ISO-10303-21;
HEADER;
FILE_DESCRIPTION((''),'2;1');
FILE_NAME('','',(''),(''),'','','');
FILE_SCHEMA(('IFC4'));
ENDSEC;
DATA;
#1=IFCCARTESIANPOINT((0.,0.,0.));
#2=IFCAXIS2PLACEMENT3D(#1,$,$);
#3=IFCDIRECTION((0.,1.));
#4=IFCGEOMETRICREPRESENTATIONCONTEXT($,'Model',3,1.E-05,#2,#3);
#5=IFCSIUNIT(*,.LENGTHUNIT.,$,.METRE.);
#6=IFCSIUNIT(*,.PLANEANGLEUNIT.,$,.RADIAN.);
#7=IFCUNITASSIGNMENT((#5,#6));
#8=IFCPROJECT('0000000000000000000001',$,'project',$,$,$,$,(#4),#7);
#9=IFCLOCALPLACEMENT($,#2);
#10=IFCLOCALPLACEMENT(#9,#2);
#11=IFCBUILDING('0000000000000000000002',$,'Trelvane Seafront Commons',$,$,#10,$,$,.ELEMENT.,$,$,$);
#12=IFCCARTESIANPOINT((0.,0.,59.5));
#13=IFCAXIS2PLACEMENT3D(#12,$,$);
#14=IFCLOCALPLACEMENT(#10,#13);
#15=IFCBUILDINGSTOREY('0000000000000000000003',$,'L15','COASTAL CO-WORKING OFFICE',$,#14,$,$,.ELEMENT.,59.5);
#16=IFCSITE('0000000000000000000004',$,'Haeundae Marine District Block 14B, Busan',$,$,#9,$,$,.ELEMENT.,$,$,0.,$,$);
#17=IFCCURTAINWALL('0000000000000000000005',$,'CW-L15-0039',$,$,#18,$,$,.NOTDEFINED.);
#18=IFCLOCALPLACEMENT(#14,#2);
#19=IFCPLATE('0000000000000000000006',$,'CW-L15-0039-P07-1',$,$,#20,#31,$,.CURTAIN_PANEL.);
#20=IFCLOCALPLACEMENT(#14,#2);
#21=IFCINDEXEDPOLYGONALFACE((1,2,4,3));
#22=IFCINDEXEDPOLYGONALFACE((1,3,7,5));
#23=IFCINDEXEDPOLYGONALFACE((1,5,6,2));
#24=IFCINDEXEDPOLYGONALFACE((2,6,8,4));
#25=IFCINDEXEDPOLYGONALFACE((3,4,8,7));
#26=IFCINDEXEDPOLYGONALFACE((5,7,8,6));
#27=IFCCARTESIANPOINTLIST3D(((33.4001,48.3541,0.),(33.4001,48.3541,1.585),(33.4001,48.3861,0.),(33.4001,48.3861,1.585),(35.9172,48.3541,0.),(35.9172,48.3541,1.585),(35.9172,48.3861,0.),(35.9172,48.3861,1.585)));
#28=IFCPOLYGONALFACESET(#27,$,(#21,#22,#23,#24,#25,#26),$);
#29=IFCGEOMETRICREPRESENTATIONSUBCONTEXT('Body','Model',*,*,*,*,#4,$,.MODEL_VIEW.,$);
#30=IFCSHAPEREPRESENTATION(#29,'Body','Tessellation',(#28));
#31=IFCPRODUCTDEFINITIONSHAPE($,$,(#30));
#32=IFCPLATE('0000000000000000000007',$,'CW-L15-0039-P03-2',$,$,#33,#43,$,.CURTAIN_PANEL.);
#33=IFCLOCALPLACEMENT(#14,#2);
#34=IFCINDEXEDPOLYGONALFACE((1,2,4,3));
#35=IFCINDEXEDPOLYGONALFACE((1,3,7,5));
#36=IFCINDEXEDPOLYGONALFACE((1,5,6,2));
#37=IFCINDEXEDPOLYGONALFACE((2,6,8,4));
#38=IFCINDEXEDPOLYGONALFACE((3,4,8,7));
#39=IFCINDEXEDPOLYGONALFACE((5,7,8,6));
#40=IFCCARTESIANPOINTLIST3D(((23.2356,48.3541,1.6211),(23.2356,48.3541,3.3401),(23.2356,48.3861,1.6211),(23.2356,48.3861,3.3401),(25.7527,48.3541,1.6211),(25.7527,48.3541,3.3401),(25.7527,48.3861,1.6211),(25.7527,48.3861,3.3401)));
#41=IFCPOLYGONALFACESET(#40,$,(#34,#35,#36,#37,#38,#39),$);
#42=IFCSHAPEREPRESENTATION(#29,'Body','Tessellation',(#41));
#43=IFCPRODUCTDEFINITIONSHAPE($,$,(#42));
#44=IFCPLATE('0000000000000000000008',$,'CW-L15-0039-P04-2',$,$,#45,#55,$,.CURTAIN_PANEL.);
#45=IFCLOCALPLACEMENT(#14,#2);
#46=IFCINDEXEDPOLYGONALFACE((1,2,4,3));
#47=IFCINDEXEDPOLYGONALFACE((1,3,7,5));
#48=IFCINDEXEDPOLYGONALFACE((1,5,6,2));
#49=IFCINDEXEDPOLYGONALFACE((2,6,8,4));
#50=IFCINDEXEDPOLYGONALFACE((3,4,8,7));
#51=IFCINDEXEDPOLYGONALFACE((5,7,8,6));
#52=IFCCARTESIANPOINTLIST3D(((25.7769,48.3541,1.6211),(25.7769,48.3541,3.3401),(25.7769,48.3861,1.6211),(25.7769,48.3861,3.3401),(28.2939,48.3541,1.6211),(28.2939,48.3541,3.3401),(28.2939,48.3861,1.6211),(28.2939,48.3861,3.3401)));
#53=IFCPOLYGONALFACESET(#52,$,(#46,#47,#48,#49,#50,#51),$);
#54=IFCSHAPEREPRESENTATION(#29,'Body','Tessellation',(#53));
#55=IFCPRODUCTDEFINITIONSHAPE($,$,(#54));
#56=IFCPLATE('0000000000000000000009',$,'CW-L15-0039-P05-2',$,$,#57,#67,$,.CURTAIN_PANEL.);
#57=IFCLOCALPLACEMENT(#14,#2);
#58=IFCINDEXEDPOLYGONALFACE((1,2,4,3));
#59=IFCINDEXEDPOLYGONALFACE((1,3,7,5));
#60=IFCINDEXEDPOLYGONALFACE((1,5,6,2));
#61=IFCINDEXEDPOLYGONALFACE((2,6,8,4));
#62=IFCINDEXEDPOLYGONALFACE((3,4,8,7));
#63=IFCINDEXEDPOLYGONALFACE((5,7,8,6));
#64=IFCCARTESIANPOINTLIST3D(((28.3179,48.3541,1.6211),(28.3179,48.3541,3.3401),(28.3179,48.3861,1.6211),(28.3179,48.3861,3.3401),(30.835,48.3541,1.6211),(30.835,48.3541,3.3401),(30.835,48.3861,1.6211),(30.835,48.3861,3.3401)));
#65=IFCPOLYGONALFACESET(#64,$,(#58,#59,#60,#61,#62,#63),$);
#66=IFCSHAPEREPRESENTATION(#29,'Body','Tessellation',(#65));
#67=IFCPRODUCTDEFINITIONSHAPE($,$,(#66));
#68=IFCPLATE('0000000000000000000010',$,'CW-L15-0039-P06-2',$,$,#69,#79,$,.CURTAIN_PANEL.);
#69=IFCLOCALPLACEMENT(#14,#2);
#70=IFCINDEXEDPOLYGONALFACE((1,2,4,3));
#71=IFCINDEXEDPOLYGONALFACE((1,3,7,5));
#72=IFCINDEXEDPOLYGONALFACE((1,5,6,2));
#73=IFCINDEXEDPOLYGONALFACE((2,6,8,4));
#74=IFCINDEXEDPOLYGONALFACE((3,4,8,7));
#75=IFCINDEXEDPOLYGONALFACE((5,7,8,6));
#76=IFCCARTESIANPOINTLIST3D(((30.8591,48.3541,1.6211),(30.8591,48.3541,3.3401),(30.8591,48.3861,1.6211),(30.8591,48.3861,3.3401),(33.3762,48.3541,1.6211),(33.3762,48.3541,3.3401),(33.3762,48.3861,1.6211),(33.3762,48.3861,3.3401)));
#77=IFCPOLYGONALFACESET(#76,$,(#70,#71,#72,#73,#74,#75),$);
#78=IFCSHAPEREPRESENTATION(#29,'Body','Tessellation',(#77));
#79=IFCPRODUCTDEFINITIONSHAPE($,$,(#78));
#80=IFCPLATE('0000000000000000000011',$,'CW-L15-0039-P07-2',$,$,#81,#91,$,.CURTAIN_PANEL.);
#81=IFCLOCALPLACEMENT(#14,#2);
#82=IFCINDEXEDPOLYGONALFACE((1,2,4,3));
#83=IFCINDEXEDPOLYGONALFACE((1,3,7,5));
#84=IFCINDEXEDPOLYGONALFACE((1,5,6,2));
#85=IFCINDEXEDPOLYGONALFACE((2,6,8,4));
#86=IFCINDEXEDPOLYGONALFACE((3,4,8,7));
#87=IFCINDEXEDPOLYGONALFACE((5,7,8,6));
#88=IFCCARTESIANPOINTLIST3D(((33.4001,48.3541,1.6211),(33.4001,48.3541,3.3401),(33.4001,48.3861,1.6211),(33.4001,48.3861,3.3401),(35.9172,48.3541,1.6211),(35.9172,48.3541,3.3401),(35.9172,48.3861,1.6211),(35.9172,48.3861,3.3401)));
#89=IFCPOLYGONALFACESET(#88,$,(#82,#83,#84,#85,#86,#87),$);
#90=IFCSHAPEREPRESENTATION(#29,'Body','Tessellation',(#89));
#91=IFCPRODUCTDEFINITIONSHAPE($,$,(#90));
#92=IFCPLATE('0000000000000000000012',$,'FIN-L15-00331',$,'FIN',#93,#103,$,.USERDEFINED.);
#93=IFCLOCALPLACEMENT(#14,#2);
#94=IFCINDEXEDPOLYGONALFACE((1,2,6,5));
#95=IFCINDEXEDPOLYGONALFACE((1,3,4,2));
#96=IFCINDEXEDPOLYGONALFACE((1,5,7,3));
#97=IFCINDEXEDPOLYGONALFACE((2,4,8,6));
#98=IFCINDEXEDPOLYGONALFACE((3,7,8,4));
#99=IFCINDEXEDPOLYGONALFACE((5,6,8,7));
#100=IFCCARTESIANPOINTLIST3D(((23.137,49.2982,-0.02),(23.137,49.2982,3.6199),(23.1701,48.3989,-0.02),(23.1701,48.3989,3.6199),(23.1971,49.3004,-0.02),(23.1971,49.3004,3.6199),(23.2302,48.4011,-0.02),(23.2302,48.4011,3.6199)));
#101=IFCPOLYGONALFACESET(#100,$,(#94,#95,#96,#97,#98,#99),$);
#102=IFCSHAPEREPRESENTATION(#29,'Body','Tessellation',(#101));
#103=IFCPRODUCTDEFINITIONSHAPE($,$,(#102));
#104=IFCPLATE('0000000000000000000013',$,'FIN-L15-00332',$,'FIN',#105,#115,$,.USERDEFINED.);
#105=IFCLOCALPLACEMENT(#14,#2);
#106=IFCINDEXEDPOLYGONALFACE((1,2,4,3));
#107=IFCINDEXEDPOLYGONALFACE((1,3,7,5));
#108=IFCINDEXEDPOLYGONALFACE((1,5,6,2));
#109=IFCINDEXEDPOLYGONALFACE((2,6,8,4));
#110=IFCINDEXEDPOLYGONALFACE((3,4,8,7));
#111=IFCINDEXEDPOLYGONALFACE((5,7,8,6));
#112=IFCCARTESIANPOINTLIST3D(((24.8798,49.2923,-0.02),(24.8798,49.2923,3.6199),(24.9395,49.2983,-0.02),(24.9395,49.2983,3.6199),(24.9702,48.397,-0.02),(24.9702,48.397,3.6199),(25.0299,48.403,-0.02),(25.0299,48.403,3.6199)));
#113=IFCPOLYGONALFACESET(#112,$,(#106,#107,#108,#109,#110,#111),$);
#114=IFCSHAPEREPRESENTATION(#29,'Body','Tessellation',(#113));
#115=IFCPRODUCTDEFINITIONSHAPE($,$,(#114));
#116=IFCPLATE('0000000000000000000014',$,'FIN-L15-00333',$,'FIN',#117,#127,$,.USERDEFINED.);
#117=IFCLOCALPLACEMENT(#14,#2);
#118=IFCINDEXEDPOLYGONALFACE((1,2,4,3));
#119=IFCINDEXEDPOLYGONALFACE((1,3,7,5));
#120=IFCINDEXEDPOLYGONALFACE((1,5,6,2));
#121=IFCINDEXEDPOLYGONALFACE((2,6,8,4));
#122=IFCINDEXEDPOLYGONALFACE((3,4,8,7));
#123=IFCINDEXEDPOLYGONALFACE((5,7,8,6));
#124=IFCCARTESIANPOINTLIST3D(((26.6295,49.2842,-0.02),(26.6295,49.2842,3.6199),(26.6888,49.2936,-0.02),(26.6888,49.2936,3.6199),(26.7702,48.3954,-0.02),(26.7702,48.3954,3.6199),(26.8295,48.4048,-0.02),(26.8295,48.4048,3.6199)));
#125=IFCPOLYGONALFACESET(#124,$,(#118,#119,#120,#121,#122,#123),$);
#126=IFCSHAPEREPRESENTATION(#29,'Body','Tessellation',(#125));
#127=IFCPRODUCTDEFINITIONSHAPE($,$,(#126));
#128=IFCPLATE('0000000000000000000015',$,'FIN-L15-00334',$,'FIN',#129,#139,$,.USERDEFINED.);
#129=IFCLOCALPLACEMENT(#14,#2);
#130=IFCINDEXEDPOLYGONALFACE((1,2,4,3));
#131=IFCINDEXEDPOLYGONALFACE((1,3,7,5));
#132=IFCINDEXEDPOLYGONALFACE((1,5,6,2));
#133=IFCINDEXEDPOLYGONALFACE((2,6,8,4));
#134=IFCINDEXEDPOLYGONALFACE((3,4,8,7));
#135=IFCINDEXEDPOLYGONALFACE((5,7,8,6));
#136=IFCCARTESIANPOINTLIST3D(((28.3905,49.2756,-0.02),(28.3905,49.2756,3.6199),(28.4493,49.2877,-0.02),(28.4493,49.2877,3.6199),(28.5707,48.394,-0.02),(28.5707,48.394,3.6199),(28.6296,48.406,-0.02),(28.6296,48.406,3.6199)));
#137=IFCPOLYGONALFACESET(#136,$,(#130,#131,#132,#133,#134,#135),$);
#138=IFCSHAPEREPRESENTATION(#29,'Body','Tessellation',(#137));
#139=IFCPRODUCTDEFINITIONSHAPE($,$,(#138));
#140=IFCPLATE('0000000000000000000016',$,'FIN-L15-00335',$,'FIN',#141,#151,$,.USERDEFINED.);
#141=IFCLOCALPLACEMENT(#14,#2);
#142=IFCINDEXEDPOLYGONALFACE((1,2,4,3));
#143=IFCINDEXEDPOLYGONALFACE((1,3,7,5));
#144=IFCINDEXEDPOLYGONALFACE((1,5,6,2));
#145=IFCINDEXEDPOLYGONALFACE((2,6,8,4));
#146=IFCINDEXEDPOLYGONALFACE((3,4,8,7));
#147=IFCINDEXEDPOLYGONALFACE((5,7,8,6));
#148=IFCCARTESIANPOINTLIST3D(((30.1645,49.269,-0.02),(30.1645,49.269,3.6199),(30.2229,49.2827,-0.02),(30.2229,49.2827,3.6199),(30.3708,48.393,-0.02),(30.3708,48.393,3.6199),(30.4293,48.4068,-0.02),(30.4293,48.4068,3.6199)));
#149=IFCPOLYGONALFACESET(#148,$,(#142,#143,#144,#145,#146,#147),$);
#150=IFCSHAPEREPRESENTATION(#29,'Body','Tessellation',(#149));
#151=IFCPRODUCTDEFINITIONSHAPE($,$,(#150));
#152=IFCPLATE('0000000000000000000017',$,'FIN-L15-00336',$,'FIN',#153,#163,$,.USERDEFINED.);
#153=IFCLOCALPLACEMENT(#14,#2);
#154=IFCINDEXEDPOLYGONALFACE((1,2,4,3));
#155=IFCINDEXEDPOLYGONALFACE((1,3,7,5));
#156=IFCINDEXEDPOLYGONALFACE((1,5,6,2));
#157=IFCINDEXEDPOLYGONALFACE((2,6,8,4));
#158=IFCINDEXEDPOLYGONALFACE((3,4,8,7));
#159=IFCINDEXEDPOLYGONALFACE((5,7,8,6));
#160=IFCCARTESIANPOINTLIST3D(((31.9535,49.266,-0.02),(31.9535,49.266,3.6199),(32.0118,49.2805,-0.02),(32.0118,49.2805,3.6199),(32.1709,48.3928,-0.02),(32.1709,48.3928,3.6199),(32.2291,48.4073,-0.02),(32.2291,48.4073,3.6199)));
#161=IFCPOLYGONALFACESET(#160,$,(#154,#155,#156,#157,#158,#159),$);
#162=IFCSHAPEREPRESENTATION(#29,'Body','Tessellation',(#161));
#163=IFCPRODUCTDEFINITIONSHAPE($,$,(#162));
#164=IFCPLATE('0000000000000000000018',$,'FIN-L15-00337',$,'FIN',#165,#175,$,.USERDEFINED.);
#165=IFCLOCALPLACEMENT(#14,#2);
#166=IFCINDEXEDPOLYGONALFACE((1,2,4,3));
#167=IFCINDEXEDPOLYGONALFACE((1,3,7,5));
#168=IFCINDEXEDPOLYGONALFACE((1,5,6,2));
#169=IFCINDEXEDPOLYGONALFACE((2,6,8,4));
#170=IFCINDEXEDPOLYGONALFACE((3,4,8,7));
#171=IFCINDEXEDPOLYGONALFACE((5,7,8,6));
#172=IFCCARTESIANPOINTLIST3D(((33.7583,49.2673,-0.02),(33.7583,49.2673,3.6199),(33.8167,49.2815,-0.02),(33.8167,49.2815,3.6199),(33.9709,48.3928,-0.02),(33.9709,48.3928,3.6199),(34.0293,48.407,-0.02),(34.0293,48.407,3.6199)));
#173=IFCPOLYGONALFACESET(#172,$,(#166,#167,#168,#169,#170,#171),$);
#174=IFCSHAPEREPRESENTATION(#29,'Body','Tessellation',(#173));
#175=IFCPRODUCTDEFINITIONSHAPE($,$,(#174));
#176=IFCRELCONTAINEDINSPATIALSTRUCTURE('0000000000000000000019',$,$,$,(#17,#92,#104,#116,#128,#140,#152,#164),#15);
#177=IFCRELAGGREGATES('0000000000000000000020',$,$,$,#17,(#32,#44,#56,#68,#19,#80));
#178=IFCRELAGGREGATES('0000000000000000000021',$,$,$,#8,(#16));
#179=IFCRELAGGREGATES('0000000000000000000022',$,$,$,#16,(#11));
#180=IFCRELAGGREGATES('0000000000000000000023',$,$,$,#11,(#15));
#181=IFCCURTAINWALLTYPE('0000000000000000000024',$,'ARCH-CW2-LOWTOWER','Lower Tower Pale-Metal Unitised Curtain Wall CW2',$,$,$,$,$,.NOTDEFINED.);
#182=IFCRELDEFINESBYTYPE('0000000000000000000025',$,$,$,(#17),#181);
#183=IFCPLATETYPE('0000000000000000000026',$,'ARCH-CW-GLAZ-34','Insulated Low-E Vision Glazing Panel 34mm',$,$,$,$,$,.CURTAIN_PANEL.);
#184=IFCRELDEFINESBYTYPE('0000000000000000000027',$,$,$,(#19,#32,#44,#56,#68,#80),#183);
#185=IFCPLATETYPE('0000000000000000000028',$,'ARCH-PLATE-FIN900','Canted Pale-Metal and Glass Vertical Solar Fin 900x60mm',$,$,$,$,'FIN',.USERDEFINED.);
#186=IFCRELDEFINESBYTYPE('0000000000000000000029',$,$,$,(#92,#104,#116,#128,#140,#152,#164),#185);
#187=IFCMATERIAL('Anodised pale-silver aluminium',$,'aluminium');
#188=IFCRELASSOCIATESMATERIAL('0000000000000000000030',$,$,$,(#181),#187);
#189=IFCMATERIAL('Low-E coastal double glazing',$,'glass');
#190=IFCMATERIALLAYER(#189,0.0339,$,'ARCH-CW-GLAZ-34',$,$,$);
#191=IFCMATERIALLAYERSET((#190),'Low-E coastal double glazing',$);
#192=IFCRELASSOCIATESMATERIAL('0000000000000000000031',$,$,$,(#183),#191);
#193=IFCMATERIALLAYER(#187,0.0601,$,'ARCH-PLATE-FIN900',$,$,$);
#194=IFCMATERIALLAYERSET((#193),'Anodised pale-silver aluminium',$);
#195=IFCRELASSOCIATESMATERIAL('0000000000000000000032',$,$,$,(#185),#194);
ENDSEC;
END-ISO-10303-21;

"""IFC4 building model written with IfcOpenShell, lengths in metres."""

from ifc_helpers import new_model, si_unit, direction, frame, origin, origin_2d, place, context, subcontext, project, spatial, rectangle, extrude, source, transform, mapped, material, layer, layer_set, type_object, element, aggregate, save


model = new_model("IFC4")

# Units and contexts
model_context = context("Model", 3, precision=1e-05, world=origin(), true_north=direction((0.0, 1.0)))
body_context = subcontext(model_context, "Body", "Model", "MODEL_VIEW")
ifc_project = project(units=[si_unit("LENGTHUNIT", "METRE"), si_unit("PLANEANGLEUNIT", "RADIAN")], contexts=[model_context])

# Site, building, storey
site_placement = place(None, origin())
site = spatial("IfcSite", under=ifc_project, at=site_placement, Name="Haeundae Marine District Block 14B, Busan", CompositionType="ELEMENT", RefElevation=0.0)
building_placement = place(site_placement, origin())
building = spatial("IfcBuilding", under=site, at=building_placement, Name="Trelvane Seafront Commons", CompositionType="ELEMENT")
storey_placement = place(building_placement, frame((0.0, 0.0, 59.5)))
storey = spatial("IfcBuildingStorey", under=building, at=storey_placement, Name="L15", Description="COASTAL CO-WORKING OFFICE", CompositionType="ELEMENT", Elevation=59.5)

# Curtain wall, plates
ifc_material_1 = material(Name="Anodised pale-silver aluminium", Category="aluminium")
curtain_wall_type = type_object("IfcCurtainWallType", Name="ARCH-CW2-LOWTOWER", Description="Lower Tower Pale-Metal Unitised Curtain Wall CW2", PredefinedType="NOTDEFINED", material=ifc_material_1)
curtain_wall_placement = place(storey_placement, origin())
curtain_wall = element("IfcCurtainWall", 1, at=curtain_wall_placement, inside=storey, type_object=curtain_wall_type, Name="CW-L15-0039", PredefinedType="NOTDEFINED")
ifc_material_2 = material(Name="Low-E coastal double glazing", Category="glass")
ifc_layer_1 = layer(ifc_material_2, 0.0339, Name="ARCH-CW-GLAZ-34")
ifc_layer_set_1 = layer_set([ifc_layer_1], Name="Low-E coastal double glazing")
plate_type_1 = type_object("IfcPlateType", Name="ARCH-CW-GLAZ-34", Description="Insulated Low-E Vision Glazing Panel 34mm", PredefinedType="CURTAIN_PANEL", material=ifc_layer_set_1)
shared_shape_1 = source(origin(), body_context, "Body", "SweptSolid", [
    extrude(rectangle(XDim=2.5171, YDim=0.032, at=origin_2d()), origin(), (0.0, 0.0, 1.0), 1.585),
])
plate_1_placement = place(storey_placement, frame((34.6587, 48.3701, 0.0), z_axis=(0.0, 0.0, 1.0), x_axis=(1.0, 0.0, 0.0)))
plate_1 = element("IfcPlate", 2, at=plate_1_placement, type_object=plate_type_1, Name="CW-L15-0039-P07-1", PredefinedType="CURTAIN_PANEL", context=body_context, shape_type="MappedRepresentation", body=[
    mapped(shared_shape_1, transform((0.0, 0.0, 0.0), x_axis=(1.0, 0.0, 0.0), y_axis=(0.0, 1.0, 0.0), z_axis=(0.0, 0.0, 1.0), scale=1.0)),
])
shared_shape_2 = source(origin(), body_context, "Body", "SweptSolid", [
    extrude(rectangle(XDim=2.5171, YDim=0.032, at=origin_2d()), origin(), (0.0, 0.0, 1.0), 1.719),
])
plate_2_placement = place(storey_placement, frame((24.4941, 48.3701, 1.6211), z_axis=(0.0, 0.0, 1.0), x_axis=(1.0, 0.0, 0.0)))
plate_2 = element("IfcPlate", 3, at=plate_2_placement, type_object=plate_type_1, Name="CW-L15-0039-P03-2", PredefinedType="CURTAIN_PANEL", context=body_context, shape_type="MappedRepresentation", body=[
    mapped(shared_shape_2, transform((0.0, 0.0, 0.0), x_axis=(1.0, 0.0, 0.0), y_axis=(0.0, 1.0, 0.0), z_axis=(0.0, 0.0, 1.0), scale=1.0)),
])
plate_3_placement = place(storey_placement, frame((27.0354, 48.3701, 1.6211), z_axis=(0.0, 0.0, 1.0), x_axis=(1.0, 0.0, 0.0)))
plate_3 = element("IfcPlate", 4, at=plate_3_placement, type_object=plate_type_1, Name="CW-L15-0039-P04-2", PredefinedType="CURTAIN_PANEL", context=body_context, shape_type="MappedRepresentation", body=[
    mapped(shared_shape_2, transform((0.0, 0.0, 0.0), x_axis=(1.0, 0.0, 0.0), y_axis=(0.0, 1.0, 0.0), z_axis=(0.0, 0.0, 1.0), scale=1.0)),
])
plate_4_placement = place(storey_placement, frame((29.5764, 48.3701, 1.6211), z_axis=(0.0, 0.0, 1.0), x_axis=(1.0, 0.0, 0.0)))
plate_4 = element("IfcPlate", 5, at=plate_4_placement, type_object=plate_type_1, Name="CW-L15-0039-P05-2", PredefinedType="CURTAIN_PANEL", context=body_context, shape_type="MappedRepresentation", body=[
    mapped(shared_shape_2, transform((0.0, 0.0, 0.0), x_axis=(1.0, 0.0, 0.0), y_axis=(0.0, 1.0, 0.0), z_axis=(0.0, 0.0, 1.0), scale=1.0)),
])
plate_5_placement = place(storey_placement, frame((32.1177, 48.3701, 1.6211), z_axis=(0.0, 0.0, 1.0), x_axis=(1.0, 0.0, 0.0)))
plate_5 = element("IfcPlate", 6, at=plate_5_placement, type_object=plate_type_1, Name="CW-L15-0039-P06-2", PredefinedType="CURTAIN_PANEL", context=body_context, shape_type="MappedRepresentation", body=[
    mapped(shared_shape_2, transform((0.0, 0.0, 0.0), x_axis=(1.0, 0.0, 0.0), y_axis=(0.0, 1.0, 0.0), z_axis=(0.0, 0.0, 1.0), scale=1.0)),
])
plate_6_placement = place(storey_placement, frame((34.6587, 48.3701, 1.6211), z_axis=(0.0, 0.0, 1.0), x_axis=(1.0, 0.0, 0.0)))
plate_6 = element("IfcPlate", 7, at=plate_6_placement, type_object=plate_type_1, Name="CW-L15-0039-P07-2", PredefinedType="CURTAIN_PANEL", context=body_context, shape_type="MappedRepresentation", body=[
    mapped(shared_shape_2, transform((0.0, 0.0, 0.0), x_axis=(1.0, 0.0, 0.0), y_axis=(0.0, 1.0, 0.0), z_axis=(0.0, 0.0, 1.0), scale=1.0)),
])
aggregate(curtain_wall, [plate_2, plate_3, plate_4, plate_5, plate_1, plate_6])

# Plates
ifc_layer_2 = layer(ifc_material_1, 0.0601, Name="ARCH-PLATE-FIN900")
ifc_layer_set_2 = layer_set([ifc_layer_2], Name="Anodised pale-silver aluminium")
plate_type_2 = type_object("IfcPlateType", Name="ARCH-PLATE-FIN900", Description="Canted Pale-Metal and Glass Vertical Solar Fin 900x60mm", ElementType="FIN", PredefinedType="USERDEFINED", material=ifc_layer_set_2)
shared_shape_3 = source(origin(), body_context, "Body", "SweptSolid", [
    extrude(rectangle(XDim=0.8999, YDim=0.0601, at=origin_2d()), origin(), (0.0, 0.0, 1.0), 3.6399),
])
for number, where, z_axis, x_axis, name in (
    (8, (23.1836, 48.8496, -0.02), (0.0, 0.0, 1.0), (-0.036778, 0.999323, 0.0), "FIN-L15-00331"),
    (9, (24.9548, 48.8477, -0.02), (0.0, 0.0, 1.0), (-0.10045, 0.994942, 0.0), "FIN-L15-00332"),
    (10, (26.7295, 48.8445, -0.02), (0.0, 0.0, 1.0), (-0.15634, 0.987703, 0.0), "FIN-L15-00333"),
    (11, (28.51, 48.8408, -0.02), (0.0, 0.0, 1.0), (-0.200324, 0.97973, 0.0), "FIN-L15-00334"),
    (12, (30.2969, 48.8379, -0.02), (0.0, 0.0, 1.0), (-0.229336, 0.973347, 0.0), "FIN-L15-00335"),
    (13, (32.0913, 48.8367, -0.02), (0.0, 0.0, 1.0), (-0.241568, 0.970384, 0.0), "FIN-L15-00336"),
    (14, (33.8938, 48.8372, -0.02), (0.0, 0.0, 1.0), (-0.236229, 0.971697, 0.0), "FIN-L15-00337"),
):
    element("IfcPlate", number, at=place(storey_placement, frame(where, z_axis=z_axis, x_axis=x_axis)), inside=storey, type_object=plate_type_2, Name=name, ObjectType="FIN", PredefinedType="USERDEFINED", context=body_context, shape_type="MappedRepresentation", body=[
        mapped(shared_shape_3, transform((0.0, 0.0, 0.0), x_axis=(1.0, 0.0, 0.0), y_axis=(0.0, 1.0, 0.0), z_axis=(0.0, 0.0, 1.0), scale=1.0)),
    ])

save(model, "model.ifc")
